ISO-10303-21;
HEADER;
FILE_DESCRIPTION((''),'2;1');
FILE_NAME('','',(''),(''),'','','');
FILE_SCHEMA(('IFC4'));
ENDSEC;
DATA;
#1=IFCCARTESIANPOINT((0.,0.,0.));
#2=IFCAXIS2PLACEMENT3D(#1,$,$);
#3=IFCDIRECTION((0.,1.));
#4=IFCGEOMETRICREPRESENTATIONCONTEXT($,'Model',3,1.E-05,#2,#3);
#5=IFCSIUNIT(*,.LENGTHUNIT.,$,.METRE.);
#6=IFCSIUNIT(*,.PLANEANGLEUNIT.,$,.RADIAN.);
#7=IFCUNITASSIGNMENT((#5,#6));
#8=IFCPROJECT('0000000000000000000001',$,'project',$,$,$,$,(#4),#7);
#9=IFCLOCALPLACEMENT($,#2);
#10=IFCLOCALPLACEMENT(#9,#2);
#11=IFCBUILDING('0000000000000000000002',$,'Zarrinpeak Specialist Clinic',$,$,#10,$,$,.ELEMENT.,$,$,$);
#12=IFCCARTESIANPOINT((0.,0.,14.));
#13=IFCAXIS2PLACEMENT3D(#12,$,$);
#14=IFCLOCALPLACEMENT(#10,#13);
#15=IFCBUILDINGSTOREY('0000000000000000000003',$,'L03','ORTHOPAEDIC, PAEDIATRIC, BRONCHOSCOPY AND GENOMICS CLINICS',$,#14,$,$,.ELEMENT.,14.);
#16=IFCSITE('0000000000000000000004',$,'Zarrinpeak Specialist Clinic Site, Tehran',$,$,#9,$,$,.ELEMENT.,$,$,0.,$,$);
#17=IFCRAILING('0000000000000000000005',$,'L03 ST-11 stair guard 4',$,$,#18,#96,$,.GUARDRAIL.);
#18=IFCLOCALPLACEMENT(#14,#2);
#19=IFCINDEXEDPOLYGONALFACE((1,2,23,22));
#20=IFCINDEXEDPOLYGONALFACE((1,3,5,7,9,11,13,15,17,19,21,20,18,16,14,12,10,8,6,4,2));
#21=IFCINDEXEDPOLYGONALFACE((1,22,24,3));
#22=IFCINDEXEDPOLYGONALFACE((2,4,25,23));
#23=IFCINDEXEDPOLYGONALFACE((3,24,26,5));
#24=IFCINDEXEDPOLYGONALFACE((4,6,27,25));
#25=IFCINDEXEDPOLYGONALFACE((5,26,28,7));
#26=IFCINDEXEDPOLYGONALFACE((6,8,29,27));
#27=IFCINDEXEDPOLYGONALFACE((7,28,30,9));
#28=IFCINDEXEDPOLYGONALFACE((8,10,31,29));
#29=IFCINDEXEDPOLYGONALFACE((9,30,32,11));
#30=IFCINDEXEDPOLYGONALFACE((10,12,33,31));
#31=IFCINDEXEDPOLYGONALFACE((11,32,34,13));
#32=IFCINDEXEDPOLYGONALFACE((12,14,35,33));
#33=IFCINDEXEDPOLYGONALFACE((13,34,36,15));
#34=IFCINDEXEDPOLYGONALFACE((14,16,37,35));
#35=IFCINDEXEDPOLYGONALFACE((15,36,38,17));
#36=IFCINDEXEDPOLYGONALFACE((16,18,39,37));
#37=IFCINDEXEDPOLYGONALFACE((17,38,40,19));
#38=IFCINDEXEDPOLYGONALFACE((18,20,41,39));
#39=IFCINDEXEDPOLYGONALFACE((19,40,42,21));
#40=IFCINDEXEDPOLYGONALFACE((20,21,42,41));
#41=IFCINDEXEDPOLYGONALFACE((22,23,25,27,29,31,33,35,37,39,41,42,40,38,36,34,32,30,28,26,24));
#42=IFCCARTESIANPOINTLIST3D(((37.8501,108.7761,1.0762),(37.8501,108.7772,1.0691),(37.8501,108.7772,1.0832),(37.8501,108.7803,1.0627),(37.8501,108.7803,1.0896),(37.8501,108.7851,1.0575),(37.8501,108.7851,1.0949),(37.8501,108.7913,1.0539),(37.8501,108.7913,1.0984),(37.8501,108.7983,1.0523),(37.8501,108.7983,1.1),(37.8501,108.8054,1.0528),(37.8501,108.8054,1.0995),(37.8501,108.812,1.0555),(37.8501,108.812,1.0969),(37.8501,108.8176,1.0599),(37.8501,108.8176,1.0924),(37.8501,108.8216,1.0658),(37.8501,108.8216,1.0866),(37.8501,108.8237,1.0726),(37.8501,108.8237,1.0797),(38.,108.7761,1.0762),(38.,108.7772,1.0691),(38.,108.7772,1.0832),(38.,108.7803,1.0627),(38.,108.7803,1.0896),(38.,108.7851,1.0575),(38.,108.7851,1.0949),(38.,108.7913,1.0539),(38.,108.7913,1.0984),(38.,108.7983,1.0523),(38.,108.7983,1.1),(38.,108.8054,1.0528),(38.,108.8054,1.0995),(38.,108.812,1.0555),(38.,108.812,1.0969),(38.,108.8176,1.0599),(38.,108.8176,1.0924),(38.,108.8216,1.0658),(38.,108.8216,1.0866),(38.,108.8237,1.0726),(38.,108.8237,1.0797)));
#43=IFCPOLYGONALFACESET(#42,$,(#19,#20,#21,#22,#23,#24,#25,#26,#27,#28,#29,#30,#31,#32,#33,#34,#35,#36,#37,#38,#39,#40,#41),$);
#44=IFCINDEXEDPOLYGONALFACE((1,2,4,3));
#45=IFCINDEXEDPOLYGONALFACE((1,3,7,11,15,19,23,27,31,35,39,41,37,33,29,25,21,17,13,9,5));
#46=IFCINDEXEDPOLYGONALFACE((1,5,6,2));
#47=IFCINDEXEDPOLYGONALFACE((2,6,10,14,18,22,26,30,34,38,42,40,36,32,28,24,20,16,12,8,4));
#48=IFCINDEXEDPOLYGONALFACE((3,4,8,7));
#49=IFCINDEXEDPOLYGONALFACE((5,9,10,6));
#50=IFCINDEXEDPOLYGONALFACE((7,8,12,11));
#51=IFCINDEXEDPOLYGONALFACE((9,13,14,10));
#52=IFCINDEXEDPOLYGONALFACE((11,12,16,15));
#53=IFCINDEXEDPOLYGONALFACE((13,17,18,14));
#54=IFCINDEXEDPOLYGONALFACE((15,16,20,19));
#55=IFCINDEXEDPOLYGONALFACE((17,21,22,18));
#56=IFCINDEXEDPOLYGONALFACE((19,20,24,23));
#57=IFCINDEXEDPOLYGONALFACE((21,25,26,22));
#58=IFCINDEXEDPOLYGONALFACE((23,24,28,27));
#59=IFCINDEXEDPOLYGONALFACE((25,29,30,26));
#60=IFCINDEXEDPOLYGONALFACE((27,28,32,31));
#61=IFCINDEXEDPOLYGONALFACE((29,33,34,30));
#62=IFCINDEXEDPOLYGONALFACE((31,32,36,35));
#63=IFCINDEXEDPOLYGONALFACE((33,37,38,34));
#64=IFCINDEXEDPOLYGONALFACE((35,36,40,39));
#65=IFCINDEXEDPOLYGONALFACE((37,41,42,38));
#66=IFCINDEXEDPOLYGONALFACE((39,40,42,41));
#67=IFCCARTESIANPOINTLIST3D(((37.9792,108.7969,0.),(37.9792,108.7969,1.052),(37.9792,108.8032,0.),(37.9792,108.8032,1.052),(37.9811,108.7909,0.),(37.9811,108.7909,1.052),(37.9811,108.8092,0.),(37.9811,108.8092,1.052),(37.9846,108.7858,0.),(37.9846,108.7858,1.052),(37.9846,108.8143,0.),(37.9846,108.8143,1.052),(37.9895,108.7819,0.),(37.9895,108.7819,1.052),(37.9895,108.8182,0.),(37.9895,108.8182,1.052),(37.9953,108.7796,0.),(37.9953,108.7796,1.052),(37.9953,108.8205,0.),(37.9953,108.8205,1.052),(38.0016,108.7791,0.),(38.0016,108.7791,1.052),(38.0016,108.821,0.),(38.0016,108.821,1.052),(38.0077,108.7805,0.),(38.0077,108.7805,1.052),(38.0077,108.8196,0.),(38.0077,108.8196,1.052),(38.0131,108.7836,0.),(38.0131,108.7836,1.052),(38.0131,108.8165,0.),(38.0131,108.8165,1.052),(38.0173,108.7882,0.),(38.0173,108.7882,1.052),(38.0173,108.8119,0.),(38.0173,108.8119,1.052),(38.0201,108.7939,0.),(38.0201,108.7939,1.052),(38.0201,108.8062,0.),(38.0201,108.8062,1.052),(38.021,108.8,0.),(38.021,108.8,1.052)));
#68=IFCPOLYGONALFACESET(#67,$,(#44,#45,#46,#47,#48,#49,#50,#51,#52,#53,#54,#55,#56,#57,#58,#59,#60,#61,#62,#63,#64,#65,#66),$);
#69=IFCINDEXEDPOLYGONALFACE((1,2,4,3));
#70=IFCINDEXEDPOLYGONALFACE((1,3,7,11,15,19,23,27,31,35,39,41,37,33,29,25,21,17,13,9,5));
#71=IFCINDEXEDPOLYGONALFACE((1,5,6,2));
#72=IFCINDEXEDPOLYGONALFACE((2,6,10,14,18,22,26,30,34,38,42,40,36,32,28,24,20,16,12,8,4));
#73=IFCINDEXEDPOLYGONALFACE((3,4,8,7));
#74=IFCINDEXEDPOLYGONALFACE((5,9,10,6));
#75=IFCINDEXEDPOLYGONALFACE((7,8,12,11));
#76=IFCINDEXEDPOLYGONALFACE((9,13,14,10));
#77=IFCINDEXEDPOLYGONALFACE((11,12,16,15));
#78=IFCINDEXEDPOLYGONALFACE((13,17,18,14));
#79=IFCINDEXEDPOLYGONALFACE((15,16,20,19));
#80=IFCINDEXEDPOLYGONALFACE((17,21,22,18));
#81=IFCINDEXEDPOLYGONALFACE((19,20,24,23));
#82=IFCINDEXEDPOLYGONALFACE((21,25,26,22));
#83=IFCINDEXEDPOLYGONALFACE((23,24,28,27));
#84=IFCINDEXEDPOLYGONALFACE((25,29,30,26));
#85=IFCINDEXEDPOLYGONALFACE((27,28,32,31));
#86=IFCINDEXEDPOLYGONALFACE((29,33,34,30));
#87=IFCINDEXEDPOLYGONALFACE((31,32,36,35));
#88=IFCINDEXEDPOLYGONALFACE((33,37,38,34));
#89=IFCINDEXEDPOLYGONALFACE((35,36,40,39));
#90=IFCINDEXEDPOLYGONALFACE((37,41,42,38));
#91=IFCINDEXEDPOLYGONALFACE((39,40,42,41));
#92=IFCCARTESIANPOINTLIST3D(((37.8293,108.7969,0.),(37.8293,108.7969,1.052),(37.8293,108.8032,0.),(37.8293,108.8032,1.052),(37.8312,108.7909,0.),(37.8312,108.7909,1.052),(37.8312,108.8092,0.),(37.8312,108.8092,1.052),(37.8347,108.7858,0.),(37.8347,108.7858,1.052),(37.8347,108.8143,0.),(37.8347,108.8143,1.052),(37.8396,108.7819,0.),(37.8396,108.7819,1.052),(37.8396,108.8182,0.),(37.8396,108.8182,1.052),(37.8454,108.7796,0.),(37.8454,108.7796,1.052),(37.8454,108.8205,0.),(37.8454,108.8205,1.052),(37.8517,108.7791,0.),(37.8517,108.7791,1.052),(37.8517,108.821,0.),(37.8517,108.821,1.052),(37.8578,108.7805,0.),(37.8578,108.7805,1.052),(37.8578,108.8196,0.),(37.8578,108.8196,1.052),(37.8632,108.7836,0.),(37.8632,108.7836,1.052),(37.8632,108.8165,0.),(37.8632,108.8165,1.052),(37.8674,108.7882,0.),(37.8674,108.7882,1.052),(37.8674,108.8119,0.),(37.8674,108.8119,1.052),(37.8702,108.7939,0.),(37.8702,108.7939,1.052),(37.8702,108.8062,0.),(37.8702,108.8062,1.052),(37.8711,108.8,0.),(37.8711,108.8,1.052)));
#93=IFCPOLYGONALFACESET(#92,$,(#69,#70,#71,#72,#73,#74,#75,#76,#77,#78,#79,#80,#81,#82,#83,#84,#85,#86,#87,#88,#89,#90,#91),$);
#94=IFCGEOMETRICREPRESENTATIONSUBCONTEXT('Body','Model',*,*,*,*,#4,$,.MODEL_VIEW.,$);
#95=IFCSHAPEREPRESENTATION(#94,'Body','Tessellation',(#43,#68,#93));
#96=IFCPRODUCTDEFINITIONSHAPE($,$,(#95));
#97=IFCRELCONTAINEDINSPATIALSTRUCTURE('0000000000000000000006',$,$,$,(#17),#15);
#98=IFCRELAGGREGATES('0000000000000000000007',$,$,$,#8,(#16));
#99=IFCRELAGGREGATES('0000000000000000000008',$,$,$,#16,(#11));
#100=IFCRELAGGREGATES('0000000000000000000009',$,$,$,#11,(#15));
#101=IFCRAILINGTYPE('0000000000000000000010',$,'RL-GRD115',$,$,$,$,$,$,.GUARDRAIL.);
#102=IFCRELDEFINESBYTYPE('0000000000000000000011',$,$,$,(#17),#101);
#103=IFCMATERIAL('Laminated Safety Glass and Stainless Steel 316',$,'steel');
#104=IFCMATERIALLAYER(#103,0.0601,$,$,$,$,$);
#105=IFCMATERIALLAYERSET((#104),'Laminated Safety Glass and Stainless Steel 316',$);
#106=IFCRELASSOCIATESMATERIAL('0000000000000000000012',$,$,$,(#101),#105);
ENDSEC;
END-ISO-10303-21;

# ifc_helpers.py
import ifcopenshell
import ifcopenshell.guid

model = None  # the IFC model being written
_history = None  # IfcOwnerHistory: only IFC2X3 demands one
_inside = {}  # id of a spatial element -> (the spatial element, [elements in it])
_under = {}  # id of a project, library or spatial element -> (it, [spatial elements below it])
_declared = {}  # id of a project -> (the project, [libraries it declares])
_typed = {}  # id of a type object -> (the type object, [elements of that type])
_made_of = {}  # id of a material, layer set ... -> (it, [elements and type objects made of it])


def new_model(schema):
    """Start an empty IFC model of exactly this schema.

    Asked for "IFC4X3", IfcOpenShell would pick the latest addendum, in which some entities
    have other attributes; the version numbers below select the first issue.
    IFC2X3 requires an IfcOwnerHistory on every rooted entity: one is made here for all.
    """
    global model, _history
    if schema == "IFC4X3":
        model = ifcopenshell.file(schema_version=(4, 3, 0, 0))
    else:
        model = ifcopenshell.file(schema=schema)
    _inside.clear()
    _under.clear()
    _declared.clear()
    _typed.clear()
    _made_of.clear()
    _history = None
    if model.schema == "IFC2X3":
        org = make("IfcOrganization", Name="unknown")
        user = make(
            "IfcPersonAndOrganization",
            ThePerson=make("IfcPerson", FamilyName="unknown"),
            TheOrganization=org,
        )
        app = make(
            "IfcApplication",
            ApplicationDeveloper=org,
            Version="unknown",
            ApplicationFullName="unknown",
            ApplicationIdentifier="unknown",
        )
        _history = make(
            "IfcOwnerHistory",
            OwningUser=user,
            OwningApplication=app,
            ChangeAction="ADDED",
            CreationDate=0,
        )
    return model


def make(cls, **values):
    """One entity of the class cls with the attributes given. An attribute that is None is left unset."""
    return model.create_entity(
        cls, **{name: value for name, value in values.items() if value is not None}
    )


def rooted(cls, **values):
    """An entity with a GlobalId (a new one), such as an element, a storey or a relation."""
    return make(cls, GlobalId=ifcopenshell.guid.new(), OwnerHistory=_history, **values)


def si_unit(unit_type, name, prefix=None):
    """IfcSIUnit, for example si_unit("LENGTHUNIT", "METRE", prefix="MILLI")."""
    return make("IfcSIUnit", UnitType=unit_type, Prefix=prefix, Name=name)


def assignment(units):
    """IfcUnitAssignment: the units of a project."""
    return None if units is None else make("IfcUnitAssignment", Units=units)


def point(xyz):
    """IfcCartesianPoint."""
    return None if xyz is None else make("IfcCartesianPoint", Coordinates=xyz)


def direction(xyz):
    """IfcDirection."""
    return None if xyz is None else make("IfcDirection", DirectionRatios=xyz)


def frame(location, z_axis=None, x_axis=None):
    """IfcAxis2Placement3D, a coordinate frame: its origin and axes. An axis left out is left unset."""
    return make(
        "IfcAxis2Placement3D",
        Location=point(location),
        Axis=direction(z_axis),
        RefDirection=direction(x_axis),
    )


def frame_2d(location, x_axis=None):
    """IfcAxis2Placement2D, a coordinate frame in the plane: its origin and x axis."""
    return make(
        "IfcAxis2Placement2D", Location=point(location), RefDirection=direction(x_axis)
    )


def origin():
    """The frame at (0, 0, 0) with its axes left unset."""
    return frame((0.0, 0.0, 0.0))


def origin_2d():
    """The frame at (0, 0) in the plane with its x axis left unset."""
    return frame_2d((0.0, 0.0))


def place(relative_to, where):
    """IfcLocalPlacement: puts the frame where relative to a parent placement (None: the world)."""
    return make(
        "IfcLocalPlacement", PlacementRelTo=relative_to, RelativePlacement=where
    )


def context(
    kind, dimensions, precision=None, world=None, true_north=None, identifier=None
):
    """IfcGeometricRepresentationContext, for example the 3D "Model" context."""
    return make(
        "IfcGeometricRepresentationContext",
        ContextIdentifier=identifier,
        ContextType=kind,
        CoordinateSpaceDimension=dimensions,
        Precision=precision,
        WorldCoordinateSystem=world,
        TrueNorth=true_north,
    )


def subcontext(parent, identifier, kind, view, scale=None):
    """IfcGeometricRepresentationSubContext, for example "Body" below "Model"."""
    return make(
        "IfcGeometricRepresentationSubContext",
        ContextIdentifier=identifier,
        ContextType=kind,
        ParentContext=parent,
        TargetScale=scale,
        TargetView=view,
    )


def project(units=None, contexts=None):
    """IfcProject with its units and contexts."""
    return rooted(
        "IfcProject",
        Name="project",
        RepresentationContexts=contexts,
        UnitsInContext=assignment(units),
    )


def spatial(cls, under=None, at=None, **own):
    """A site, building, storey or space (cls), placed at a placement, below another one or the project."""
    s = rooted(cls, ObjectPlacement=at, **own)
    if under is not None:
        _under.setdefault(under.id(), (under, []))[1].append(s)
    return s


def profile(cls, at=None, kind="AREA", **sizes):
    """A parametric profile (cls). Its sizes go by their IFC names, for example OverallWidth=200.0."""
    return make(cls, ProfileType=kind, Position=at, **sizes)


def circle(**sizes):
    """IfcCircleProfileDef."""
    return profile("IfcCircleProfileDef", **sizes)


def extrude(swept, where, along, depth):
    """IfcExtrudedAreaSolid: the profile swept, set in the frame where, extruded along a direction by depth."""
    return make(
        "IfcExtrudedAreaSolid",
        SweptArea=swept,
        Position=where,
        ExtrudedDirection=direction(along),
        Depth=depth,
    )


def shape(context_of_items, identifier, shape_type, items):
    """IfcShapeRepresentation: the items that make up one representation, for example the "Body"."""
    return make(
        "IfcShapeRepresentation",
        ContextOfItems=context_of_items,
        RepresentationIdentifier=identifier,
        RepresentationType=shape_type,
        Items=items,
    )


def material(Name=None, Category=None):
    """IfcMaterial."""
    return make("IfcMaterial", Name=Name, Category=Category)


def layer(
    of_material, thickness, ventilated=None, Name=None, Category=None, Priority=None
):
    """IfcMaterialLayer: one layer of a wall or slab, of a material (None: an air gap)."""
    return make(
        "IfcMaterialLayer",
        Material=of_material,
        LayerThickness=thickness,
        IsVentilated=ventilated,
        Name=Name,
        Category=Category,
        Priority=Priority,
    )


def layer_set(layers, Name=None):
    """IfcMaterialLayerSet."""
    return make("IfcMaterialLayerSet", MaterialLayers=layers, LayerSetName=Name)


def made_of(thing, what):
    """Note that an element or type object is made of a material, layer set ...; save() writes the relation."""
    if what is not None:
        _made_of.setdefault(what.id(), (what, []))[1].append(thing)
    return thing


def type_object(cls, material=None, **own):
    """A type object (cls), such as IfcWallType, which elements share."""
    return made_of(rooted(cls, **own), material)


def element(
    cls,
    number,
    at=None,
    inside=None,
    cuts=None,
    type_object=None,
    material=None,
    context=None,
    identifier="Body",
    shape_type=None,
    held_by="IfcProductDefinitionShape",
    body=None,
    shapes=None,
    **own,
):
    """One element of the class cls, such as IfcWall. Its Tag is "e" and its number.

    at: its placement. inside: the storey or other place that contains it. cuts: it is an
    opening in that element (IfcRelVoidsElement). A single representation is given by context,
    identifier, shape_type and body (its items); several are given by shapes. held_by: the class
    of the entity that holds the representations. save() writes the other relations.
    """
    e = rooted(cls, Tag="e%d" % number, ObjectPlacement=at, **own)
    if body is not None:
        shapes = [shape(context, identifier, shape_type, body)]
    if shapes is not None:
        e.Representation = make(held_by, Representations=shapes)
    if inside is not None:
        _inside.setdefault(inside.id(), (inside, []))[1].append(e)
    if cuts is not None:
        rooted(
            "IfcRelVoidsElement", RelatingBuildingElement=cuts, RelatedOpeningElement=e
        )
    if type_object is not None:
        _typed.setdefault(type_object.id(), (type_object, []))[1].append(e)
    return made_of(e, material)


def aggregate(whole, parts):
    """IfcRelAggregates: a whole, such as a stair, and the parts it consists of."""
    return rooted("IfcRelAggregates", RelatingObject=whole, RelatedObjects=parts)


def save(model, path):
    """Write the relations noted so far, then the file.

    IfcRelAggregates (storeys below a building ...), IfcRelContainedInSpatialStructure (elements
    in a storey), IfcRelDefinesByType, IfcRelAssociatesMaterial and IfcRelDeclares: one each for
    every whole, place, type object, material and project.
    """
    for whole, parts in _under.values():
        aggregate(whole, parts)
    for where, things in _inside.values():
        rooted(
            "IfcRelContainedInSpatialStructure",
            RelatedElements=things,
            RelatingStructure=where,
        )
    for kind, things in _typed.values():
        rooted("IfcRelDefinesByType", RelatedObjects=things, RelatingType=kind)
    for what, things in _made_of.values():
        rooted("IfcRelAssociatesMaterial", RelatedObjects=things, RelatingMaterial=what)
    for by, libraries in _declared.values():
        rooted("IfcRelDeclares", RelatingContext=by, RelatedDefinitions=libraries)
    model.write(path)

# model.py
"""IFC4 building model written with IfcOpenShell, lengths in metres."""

from ifc_helpers import new_model, si_unit, direction, frame, origin, origin_2d, place, context, subcontext, project, spatial, circle, extrude, material, layer, layer_set, type_object, element, save


model = new_model("IFC4")

# Units and contexts
model_context = context("Model", 3, precision=1e-05, world=origin(), true_north=direction((0.0, 1.0)))
body_context = subcontext(model_context, "Body", "Model", "MODEL_VIEW")
ifc_project = project(units=[si_unit("LENGTHUNIT", "METRE"), si_unit("PLANEANGLEUNIT", "RADIAN")], contexts=[model_context])

# Site, building, storey
site_placement = place(None, origin())
site = spatial("IfcSite", under=ifc_project, at=site_placement, Name="Zarrinpeak Specialist Clinic Site, Tehran", CompositionType="ELEMENT", RefElevation=0.0)
building_placement = place(site_placement, origin())
building = spatial("IfcBuilding", under=site, at=building_placement, Name="Zarrinpeak Specialist Clinic", CompositionType="ELEMENT")
storey_placement = place(building_placement, frame((0.0, 0.0, 14.0)))
storey = spatial("IfcBuildingStorey", under=building, at=storey_placement, Name="L03", Description="ORTHOPAEDIC, PAEDIATRIC, BRONCHOSCOPY AND GENOMICS CLINICS", CompositionType="ELEMENT", Elevation=14.0)

# Railing
ifc_material_1 = material(Name="Laminated Safety Glass and Stainless Steel 316", Category="steel")
ifc_layer_1 = layer(ifc_material_1, 0.0601)
ifc_layer_set_1 = layer_set([ifc_layer_1], Name="Laminated Safety Glass and Stainless Steel 316")
railing_type_1 = type_object("IfcRailingType", Name="RL-GRD115", PredefinedType="GUARDRAIL", material=ifc_layer_set_1)
railing_1_placement = place(storey_placement, frame((38.0, 108.8, 0.0)))
element("IfcRailing", 1, at=railing_1_placement, inside=storey, type_object=railing_type_1, Name="L03 ST-11 stair guard 4", PredefinedType="GUARDRAIL", context=body_context, shape_type="SweptSolid", body=[
    extrude(circle(Radius=0.0239, at=origin_2d()), frame((0.0, 0.0, 1.0762), z_axis=(-1.0, 0.0, 0.0), x_axis=(0.0, -1.0, 0.0)), (0.0, 0.0, 1.0), 0.1499),
    extrude(circle(Radius=0.021, at=origin_2d()), origin(), (0.0, 0.0, 1.0), 1.052),
    extrude(circle(Radius=0.021, at=origin_2d()), frame((-0.1499, 0.0, 0.0)), (0.0, 0.0, 1.0), 1.052),
])

save(model, "model.ifc")
